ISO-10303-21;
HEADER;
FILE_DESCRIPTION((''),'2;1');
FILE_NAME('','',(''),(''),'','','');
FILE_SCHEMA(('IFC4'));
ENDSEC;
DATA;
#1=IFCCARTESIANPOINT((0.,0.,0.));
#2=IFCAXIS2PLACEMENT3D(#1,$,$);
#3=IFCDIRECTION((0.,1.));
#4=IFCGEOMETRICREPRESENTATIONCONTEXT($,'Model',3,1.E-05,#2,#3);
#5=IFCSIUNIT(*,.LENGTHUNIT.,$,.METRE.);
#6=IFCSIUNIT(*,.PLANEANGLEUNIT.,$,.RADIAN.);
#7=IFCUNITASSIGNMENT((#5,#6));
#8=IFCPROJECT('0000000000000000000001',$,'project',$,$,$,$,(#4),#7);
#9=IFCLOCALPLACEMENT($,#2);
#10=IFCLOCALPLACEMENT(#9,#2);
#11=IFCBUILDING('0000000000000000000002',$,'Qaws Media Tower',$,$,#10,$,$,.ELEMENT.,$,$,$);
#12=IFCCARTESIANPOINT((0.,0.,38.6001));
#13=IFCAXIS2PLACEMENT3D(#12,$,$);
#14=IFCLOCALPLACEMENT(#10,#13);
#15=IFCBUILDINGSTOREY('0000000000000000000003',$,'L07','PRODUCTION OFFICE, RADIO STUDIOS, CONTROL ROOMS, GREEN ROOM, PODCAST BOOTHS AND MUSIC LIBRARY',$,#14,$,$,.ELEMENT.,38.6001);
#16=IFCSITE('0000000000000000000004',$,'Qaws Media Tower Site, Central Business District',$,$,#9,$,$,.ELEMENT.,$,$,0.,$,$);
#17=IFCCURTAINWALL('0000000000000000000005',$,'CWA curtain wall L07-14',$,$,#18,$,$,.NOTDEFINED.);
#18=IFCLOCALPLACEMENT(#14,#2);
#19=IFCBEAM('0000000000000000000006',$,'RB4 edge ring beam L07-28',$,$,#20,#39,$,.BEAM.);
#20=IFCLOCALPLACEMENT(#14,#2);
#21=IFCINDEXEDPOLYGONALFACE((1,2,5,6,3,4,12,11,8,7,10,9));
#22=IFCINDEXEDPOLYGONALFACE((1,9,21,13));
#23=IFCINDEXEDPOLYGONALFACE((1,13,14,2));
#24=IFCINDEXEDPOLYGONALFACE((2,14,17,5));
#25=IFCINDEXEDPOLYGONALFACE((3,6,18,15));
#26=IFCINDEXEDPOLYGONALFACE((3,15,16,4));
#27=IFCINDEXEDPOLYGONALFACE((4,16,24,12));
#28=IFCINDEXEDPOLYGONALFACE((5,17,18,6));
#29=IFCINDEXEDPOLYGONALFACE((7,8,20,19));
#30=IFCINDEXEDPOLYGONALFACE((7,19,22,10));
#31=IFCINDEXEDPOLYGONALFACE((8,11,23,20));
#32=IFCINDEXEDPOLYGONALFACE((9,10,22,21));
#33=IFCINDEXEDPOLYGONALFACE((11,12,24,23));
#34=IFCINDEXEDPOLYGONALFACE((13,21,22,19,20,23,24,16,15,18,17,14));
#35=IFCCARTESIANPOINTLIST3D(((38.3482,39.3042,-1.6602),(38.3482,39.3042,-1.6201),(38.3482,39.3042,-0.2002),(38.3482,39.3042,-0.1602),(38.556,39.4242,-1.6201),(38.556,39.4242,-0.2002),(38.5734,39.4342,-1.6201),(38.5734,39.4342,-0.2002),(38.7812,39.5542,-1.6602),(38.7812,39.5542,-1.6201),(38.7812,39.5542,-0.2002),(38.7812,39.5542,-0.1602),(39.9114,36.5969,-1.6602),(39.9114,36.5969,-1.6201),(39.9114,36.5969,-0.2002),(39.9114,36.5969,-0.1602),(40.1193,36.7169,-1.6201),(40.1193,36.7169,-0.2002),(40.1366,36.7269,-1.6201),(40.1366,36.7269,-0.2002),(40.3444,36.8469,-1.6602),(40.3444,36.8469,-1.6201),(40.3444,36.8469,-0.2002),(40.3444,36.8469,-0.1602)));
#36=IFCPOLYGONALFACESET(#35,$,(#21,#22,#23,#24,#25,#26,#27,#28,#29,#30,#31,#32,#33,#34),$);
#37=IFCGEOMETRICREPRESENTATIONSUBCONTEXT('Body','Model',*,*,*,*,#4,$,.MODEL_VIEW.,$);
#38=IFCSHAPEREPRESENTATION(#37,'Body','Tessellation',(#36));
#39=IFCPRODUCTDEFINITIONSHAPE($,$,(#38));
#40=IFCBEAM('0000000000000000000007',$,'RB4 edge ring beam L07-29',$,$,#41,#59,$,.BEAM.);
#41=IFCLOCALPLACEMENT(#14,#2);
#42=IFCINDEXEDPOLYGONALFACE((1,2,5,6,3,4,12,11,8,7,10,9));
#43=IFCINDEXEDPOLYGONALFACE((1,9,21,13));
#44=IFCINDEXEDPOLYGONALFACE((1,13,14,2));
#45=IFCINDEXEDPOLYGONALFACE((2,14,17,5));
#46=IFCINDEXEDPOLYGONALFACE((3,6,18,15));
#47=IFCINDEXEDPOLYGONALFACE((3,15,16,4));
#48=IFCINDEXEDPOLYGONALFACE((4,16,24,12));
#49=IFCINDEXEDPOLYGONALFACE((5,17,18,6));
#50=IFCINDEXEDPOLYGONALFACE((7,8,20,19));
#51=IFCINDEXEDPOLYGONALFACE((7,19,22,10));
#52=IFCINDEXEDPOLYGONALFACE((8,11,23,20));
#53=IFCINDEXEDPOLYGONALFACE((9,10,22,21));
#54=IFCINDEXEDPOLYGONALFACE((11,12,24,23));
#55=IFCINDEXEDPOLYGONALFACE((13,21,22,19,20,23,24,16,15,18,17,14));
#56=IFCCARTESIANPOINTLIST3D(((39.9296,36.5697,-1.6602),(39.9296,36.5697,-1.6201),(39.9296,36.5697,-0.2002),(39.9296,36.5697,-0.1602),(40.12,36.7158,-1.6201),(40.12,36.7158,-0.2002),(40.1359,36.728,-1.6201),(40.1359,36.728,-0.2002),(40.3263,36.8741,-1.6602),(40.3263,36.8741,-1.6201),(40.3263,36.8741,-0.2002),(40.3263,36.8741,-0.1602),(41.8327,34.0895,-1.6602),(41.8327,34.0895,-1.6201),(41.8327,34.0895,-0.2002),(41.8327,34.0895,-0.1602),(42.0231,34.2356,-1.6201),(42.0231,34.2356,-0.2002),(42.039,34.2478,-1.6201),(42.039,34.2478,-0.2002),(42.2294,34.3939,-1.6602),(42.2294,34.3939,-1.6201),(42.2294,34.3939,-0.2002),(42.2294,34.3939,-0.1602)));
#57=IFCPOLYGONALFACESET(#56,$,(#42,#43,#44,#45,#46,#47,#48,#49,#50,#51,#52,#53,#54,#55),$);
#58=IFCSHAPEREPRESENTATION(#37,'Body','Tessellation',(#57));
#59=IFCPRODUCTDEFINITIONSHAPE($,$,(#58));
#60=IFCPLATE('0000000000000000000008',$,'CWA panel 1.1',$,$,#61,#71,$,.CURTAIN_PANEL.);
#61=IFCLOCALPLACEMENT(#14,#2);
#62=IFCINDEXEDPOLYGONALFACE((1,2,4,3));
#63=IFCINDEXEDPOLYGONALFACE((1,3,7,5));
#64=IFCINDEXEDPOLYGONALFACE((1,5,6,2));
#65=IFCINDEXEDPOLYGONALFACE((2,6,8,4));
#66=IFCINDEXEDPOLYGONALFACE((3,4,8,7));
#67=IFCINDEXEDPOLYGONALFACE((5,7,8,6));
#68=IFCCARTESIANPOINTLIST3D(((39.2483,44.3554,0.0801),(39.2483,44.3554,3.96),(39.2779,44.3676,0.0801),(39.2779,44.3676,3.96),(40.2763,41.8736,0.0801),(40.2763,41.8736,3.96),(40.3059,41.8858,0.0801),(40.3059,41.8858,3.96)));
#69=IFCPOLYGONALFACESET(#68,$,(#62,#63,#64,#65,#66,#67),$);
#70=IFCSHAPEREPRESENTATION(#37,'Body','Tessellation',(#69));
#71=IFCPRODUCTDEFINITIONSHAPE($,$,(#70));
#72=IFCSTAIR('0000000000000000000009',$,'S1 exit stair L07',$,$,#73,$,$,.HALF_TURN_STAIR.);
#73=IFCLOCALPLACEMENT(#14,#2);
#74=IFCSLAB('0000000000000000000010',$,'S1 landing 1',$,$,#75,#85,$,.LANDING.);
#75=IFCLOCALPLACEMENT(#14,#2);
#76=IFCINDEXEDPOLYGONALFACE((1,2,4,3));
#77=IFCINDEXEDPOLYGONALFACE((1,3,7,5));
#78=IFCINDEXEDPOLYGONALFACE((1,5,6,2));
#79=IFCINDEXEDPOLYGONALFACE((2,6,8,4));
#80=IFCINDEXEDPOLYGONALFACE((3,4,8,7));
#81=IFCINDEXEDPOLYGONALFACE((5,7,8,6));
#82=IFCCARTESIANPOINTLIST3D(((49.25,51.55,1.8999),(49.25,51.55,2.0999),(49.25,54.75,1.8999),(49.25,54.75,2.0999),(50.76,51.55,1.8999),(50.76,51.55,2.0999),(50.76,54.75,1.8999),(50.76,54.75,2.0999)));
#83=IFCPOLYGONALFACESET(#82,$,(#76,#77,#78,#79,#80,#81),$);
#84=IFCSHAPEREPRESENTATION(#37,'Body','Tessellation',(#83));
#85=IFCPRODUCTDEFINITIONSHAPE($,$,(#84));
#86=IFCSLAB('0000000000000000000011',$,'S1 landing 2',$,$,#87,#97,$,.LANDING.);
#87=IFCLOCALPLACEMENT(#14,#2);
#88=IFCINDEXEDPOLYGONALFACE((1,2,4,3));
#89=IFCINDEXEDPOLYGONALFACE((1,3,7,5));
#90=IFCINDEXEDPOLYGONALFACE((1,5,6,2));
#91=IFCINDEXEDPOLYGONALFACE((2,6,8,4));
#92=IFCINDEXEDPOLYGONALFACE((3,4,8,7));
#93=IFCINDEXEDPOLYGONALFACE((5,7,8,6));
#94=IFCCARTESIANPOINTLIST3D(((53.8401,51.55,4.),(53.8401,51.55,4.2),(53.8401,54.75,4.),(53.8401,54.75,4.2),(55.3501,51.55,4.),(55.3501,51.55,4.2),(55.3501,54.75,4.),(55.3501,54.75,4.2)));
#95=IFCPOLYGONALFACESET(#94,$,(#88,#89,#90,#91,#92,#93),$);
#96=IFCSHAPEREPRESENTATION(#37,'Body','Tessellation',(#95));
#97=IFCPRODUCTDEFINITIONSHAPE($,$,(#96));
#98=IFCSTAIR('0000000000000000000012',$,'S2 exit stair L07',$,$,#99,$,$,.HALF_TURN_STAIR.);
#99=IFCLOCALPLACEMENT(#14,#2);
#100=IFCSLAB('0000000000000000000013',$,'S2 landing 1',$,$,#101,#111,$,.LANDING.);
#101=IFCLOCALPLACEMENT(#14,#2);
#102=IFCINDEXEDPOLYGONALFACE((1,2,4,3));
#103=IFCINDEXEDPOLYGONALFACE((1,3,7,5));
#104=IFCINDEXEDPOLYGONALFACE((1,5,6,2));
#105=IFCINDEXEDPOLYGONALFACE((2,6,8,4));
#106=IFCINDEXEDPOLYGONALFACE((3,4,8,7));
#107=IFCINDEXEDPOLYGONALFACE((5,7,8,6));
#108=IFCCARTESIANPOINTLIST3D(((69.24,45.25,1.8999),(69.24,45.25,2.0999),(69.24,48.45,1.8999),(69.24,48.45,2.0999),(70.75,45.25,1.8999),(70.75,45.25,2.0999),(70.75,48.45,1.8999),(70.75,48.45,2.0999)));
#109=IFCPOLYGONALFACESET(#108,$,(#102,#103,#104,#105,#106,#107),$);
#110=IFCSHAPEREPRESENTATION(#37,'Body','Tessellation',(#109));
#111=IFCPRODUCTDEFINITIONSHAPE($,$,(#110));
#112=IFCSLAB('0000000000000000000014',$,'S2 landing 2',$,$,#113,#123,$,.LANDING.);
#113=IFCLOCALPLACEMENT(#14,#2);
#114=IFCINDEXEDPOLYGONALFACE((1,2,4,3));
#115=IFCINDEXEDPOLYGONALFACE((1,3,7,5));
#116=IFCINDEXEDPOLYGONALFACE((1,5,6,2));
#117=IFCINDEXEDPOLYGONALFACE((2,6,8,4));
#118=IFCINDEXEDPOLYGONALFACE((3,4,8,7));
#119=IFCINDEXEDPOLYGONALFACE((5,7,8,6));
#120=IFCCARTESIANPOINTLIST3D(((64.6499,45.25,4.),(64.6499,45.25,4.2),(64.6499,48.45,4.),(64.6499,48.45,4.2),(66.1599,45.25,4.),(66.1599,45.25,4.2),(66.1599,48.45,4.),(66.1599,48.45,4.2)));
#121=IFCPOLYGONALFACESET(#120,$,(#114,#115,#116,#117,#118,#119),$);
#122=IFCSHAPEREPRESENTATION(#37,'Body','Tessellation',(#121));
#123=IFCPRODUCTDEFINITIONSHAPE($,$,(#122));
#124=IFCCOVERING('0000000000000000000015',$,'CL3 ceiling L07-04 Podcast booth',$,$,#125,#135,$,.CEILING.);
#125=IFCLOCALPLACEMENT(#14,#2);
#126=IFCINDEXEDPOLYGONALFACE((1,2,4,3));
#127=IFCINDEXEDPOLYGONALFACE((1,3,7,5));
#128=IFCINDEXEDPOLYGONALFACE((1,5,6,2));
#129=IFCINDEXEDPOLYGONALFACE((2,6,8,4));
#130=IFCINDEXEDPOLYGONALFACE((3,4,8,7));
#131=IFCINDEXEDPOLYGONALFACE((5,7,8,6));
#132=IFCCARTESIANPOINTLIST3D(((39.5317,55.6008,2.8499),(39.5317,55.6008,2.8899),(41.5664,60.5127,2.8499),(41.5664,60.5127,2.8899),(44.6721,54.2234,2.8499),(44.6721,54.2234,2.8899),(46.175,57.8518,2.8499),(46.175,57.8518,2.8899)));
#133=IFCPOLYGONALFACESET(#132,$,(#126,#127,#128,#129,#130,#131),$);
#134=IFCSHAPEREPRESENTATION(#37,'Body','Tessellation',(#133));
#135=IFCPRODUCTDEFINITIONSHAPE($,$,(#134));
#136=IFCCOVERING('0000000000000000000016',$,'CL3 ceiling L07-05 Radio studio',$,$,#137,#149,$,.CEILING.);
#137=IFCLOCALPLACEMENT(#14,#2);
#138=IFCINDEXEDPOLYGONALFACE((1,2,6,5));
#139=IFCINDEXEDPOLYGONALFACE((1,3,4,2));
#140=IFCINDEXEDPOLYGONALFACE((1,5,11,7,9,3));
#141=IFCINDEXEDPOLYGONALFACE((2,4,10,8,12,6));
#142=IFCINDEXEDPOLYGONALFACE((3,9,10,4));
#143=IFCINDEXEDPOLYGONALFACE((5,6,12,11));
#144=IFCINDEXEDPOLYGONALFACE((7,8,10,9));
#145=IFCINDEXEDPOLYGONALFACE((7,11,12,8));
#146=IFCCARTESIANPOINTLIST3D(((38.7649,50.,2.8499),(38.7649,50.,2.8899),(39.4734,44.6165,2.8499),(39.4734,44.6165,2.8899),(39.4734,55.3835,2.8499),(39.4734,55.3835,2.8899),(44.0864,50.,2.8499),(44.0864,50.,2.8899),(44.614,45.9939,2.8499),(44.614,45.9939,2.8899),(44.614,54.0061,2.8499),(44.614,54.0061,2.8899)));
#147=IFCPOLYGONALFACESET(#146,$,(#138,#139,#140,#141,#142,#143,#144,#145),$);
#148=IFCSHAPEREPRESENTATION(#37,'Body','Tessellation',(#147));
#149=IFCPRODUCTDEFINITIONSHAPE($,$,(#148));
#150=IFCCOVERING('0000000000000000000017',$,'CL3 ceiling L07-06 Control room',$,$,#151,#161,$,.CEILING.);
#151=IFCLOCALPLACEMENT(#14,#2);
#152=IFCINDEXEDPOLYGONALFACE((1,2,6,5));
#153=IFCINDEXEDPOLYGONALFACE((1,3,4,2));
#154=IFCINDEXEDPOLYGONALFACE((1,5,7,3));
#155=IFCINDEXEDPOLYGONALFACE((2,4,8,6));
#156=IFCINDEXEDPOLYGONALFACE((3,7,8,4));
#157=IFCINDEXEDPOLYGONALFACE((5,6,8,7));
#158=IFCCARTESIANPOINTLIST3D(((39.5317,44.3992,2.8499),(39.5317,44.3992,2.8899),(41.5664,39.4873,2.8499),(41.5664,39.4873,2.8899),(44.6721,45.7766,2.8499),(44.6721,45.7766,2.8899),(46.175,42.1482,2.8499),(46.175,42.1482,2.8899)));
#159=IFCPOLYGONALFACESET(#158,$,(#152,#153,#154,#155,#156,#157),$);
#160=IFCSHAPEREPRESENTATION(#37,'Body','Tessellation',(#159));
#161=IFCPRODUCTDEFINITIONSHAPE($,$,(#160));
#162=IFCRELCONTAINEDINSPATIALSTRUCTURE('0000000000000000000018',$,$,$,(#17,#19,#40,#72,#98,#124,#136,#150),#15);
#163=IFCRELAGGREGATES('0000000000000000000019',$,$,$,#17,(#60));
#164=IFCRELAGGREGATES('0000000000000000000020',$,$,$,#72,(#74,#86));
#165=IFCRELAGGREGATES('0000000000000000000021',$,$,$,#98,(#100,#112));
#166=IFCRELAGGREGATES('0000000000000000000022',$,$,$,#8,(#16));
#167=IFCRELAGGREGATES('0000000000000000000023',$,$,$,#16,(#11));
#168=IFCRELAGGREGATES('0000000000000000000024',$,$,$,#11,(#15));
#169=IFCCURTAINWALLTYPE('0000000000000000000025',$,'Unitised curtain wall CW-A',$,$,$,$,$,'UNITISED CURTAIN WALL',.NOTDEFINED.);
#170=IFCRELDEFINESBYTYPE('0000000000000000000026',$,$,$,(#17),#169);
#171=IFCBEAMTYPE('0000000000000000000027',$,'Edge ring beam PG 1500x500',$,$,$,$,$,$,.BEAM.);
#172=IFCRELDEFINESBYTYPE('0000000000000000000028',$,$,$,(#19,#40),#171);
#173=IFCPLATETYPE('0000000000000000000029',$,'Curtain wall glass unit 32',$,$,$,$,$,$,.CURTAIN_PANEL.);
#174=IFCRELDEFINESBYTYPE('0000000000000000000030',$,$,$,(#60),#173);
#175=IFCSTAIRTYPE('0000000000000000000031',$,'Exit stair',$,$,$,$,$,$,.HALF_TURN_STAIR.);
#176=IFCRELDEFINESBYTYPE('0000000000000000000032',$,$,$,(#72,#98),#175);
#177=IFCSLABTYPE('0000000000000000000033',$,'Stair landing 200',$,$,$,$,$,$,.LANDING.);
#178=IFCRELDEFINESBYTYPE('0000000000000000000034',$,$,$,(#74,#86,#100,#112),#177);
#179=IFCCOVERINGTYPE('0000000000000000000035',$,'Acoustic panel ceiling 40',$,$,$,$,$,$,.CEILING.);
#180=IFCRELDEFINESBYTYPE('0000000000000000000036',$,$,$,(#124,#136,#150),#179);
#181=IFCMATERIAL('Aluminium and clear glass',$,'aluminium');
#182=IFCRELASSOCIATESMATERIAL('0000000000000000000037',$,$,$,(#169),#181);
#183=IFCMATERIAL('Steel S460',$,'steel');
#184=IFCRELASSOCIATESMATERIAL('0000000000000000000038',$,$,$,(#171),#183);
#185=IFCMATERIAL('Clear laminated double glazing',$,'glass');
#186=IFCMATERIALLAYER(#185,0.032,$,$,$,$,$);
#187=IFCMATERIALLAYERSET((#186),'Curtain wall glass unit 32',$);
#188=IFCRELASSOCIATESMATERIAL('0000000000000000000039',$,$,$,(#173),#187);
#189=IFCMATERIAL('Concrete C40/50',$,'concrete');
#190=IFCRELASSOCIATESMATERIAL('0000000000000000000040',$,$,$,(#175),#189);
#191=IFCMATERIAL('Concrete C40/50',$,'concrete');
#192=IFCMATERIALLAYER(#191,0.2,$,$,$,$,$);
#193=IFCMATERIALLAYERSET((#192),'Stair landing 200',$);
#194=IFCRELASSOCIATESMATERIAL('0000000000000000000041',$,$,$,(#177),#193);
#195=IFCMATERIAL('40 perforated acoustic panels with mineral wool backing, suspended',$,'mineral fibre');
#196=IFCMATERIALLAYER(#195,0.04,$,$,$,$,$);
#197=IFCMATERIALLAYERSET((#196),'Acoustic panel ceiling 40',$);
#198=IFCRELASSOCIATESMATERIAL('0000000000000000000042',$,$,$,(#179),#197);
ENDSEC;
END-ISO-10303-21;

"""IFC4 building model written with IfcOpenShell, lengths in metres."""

from ifc_helpers import new_model, si_unit, direction, frame, origin, origin_2d, place, context, subcontext, project, spatial, polyline, rectangle, i_section, outline, extrude, material, layer, layer_set, material_profile, profile_set, type_object, element, aggregate, save


model = new_model("IFC4")

# Units and contexts
model_context = context("Model", 3, precision=1e-05, world=origin(), true_north=direction((0.0, 1.0)))
body_context = subcontext(model_context, "Body", "Model", "MODEL_VIEW")
ifc_project = project(units=[si_unit("LENGTHUNIT", "METRE"), si_unit("PLANEANGLEUNIT", "RADIAN")], contexts=[model_context])

# Site, building, storey
site_placement = place(None, origin())
site = spatial("IfcSite", under=ifc_project, at=site_placement, Name="Qaws Media Tower Site, Central Business District", CompositionType="ELEMENT", RefElevation=0.0)
building_placement = place(site_placement, origin())
building = spatial("IfcBuilding", under=site, at=building_placement, Name="Qaws Media Tower", CompositionType="ELEMENT")
storey_placement = place(building_placement, frame((0.0, 0.0, 38.6001)))
storey = spatial("IfcBuildingStorey", under=building, at=storey_placement, Name="L07", Description="PRODUCTION OFFICE, RADIO STUDIOS, CONTROL ROOMS, GREEN ROOM, PODCAST BOOTHS AND MUSIC LIBRARY", CompositionType="ELEMENT", Elevation=38.6001)

# Curtain wall
ifc_material_1 = material(Name="Aluminium and clear glass", Category="aluminium")
curtain_wall_type = type_object("IfcCurtainWallType", Name="Unitised curtain wall CW-A", ElementType="UNITISED CURTAIN WALL", PredefinedType="NOTDEFINED", material=ifc_material_1)
curtain_wall_placement = place(storey_placement, origin())
curtain_wall = element("IfcCurtainWall", 1, at=curtain_wall_placement, inside=storey, type_object=curtain_wall_type, Name="CWA curtain wall L07-14", PredefinedType="NOTDEFINED")

# Beams
ifc_material_2 = material(Name="Steel S460", Category="steel")
ifc_material_profile_1 = material_profile(ifc_material_2, i_section(OverallWidth=0.5, OverallDepth=1.5, WebThickness=0.02, FlangeThickness=0.04, at=origin_2d()), Name="PG 1500x500")
ifc_profile_set_1 = profile_set([ifc_material_profile_1], Name="Steel S460")
beam_type = type_object("IfcBeamType", Name="Edge ring beam PG 1500x500", PredefinedType="BEAM", material=ifc_profile_set_1)
for number, where, z_axis, x_axis, name in (
    (2, (38.5647, 39.4292, -0.9102), (0.500045, -0.866, 0.0), (0.866, 0.500045, 0.0), "RB4 edge ring beam L07-28"),
    (3, (40.1279, 36.7219, -0.9102), (0.608748, -0.793364, 0.0), (0.793364, 0.608748, 0.0), "RB4 edge ring beam L07-29"),
):
    element("IfcBeam", number, at=place(storey_placement, frame(where, z_axis=z_axis, x_axis=x_axis)), inside=storey, type_object=beam_type, Name=name, PredefinedType="BEAM", context=body_context, shape_type="SweptSolid", body=[
        extrude(i_section(OverallWidth=0.5, OverallDepth=1.5, WebThickness=0.02, FlangeThickness=0.04, at=origin_2d()), origin(), (0.0, 0.0, 1.0), 3.1262),
    ])

# Plate
ifc_material_3 = material(Name="Clear laminated double glazing", Category="glass")
ifc_layer_1 = layer(ifc_material_3, 0.032)
ifc_layer_set_1 = layer_set([ifc_layer_1], Name="Curtain wall glass unit 32")
plate_type = type_object("IfcPlateType", Name="Curtain wall glass unit 32", PredefinedType="CURTAIN_PANEL", material=ifc_layer_set_1)
plate_placement = place(storey_placement, frame((39.7771, 43.1206, 0.0801), z_axis=(0.0, 0.0, 1.0), x_axis=(0.382683, -0.92388, 0.0)))
plate = element("IfcPlate", 4, at=plate_placement, type_object=plate_type, Name="CWA panel 1.1", PredefinedType="CURTAIN_PANEL", context=body_context, shape_type="SweptSolid", body=[
    extrude(rectangle(XDim=2.6863, YDim=0.032, at=origin_2d()), origin(), (0.0, 0.0, 1.0), 3.8799),
])
aggregate(curtain_wall, [plate])

# Stairs, slabs
ifc_material_4 = material(Name="Concrete C40/50", Category="concrete")
stair_type = type_object("IfcStairType", Name="Exit stair", PredefinedType="HALF_TURN_STAIR", material=ifc_material_4)
stair_1_placement = place(storey_placement, origin())
stair_1 = element("IfcStair", 5, at=stair_1_placement, inside=storey, type_object=stair_type, Name="S1 exit stair L07", PredefinedType="HALF_TURN_STAIR")
ifc_material_5 = material(Name="Concrete C40/50", Category="concrete")
ifc_layer_2 = layer(ifc_material_5, 0.2)
ifc_layer_set_2 = layer_set([ifc_layer_2], Name="Stair landing 200")
slab_type = type_object("IfcSlabType", Name="Stair landing 200", PredefinedType="LANDING", material=ifc_layer_set_2)
slab_1_placement = place(storey_placement, frame((0.0, 0.0, 1.8999)))
slab_1 = element("IfcSlab", 6, at=slab_1_placement, type_object=slab_type, Name="S1 landing 1", PredefinedType="LANDING", context=body_context, shape_type="SweptSolid", body=[
    extrude(outline(polyline([(49.25, 51.55), (50.76, 51.55), (50.76, 54.75), (49.25, 54.75), (49.25, 51.55)])), origin(), (0.0, 0.0, 1.0), 0.2),
])
slab_2_placement = place(storey_placement, frame((0.0, 0.0, 4.0)))
slab_2 = element("IfcSlab", 7, at=slab_2_placement, type_object=slab_type, Name="S1 landing 2", PredefinedType="LANDING", context=body_context, shape_type="SweptSolid", body=[
    extrude(outline(polyline([(53.8401, 51.55), (55.3501, 51.55), (55.3501, 54.75), (53.8401, 54.75), (53.8401, 51.55)])), origin(), (0.0, 0.0, 1.0), 0.2),
])
aggregate(stair_1, [slab_1, slab_2])
stair_2_placement = place(storey_placement, origin())
stair_2 = element("IfcStair", 8, at=stair_2_placement, inside=storey, type_object=stair_type, Name="S2 exit stair L07", PredefinedType="HALF_TURN_STAIR")
slab_3_placement = place(storey_placement, frame((0.0, 0.0, 1.8999)))
slab_3 = element("IfcSlab", 9, at=slab_3_placement, type_object=slab_type, Name="S2 landing 1", PredefinedType="LANDING", context=body_context, shape_type="SweptSolid", body=[
    extrude(outline(polyline([(69.24, 45.25), (70.75, 45.25), (70.75, 48.45), (69.24, 48.45), (69.24, 45.25)])), origin(), (0.0, 0.0, 1.0), 0.2),
])
slab_4_placement = place(storey_placement, frame((0.0, 0.0, 4.0)))
slab_4 = element("IfcSlab", 10, at=slab_4_placement, type_object=slab_type, Name="S2 landing 2", PredefinedType="LANDING", context=body_context, shape_type="SweptSolid", body=[
    extrude(outline(polyline([(64.6499, 45.25), (66.1599, 45.25), (66.1599, 48.45), (64.6499, 48.45), (64.6499, 45.25)])), origin(), (0.0, 0.0, 1.0), 0.2),
])
aggregate(stair_2, [slab_3, slab_4])

# Coverings
ifc_material_6 = material(Name="40 perforated acoustic panels with mineral wool backing, suspended", Category="mineral fibre")
ifc_layer_3 = layer(ifc_material_6, 0.04)
ifc_layer_set_3 = layer_set([ifc_layer_3], Name="Acoustic panel ceiling 40")
covering_type_1 = type_object("IfcCoveringType", Name="Acoustic panel ceiling 40", PredefinedType="CEILING", material=ifc_layer_set_3)
covering_1_placement = place(storey_placement, frame((0.0, 0.0, 2.8499)))
element("IfcCovering", 11, at=covering_1_placement, inside=storey, type_object=covering_type_1, Name="CL3 ceiling L07-04 Podcast booth", PredefinedType="CEILING", context=body_context, shape_type="SweptSolid", body=[
    extrude(outline(polyline([(41.5664, 60.5127), (46.175, 57.8518), (44.6721, 54.2234), (39.5317, 55.6008), (41.5664, 60.5127)])), origin(), (0.0, 0.0, 1.0), 0.04),
])
covering_2_placement = place(storey_placement, frame((0.0, 0.0, 2.8499)))
element("IfcCovering", 12, at=covering_2_placement, inside=storey, type_object=covering_type_1, Name="CL3 ceiling L07-05 Radio studio", PredefinedType="CEILING", context=body_context, shape_type="SweptSolid", body=[
    extrude(outline(polyline([(38.7649, 50.0), (39.4734, 55.3835), (44.614, 54.0061), (44.0864, 50.0), (44.614, 45.9939), (39.4734, 44.6165), (38.7649, 50.0)])), origin(), (0.0, 0.0, 1.0), 0.04),
])
covering_3_placement = place(storey_placement, frame((0.0, 0.0, 2.8499)))
element("IfcCovering", 13, at=covering_3_placement, inside=storey, type_object=covering_type_1, Name="CL3 ceiling L07-06 Control room", PredefinedType="CEILING", context=body_context, shape_type="SweptSolid", body=[
    extrude(outline(polyline([(39.5317, 44.3992), (44.6721, 45.7766), (46.175, 42.1482), (41.5664, 39.4873), (39.5317, 44.3992)])), origin(), (0.0, 0.0, 1.0), 0.04),
])

save(model, "model.ifc")
